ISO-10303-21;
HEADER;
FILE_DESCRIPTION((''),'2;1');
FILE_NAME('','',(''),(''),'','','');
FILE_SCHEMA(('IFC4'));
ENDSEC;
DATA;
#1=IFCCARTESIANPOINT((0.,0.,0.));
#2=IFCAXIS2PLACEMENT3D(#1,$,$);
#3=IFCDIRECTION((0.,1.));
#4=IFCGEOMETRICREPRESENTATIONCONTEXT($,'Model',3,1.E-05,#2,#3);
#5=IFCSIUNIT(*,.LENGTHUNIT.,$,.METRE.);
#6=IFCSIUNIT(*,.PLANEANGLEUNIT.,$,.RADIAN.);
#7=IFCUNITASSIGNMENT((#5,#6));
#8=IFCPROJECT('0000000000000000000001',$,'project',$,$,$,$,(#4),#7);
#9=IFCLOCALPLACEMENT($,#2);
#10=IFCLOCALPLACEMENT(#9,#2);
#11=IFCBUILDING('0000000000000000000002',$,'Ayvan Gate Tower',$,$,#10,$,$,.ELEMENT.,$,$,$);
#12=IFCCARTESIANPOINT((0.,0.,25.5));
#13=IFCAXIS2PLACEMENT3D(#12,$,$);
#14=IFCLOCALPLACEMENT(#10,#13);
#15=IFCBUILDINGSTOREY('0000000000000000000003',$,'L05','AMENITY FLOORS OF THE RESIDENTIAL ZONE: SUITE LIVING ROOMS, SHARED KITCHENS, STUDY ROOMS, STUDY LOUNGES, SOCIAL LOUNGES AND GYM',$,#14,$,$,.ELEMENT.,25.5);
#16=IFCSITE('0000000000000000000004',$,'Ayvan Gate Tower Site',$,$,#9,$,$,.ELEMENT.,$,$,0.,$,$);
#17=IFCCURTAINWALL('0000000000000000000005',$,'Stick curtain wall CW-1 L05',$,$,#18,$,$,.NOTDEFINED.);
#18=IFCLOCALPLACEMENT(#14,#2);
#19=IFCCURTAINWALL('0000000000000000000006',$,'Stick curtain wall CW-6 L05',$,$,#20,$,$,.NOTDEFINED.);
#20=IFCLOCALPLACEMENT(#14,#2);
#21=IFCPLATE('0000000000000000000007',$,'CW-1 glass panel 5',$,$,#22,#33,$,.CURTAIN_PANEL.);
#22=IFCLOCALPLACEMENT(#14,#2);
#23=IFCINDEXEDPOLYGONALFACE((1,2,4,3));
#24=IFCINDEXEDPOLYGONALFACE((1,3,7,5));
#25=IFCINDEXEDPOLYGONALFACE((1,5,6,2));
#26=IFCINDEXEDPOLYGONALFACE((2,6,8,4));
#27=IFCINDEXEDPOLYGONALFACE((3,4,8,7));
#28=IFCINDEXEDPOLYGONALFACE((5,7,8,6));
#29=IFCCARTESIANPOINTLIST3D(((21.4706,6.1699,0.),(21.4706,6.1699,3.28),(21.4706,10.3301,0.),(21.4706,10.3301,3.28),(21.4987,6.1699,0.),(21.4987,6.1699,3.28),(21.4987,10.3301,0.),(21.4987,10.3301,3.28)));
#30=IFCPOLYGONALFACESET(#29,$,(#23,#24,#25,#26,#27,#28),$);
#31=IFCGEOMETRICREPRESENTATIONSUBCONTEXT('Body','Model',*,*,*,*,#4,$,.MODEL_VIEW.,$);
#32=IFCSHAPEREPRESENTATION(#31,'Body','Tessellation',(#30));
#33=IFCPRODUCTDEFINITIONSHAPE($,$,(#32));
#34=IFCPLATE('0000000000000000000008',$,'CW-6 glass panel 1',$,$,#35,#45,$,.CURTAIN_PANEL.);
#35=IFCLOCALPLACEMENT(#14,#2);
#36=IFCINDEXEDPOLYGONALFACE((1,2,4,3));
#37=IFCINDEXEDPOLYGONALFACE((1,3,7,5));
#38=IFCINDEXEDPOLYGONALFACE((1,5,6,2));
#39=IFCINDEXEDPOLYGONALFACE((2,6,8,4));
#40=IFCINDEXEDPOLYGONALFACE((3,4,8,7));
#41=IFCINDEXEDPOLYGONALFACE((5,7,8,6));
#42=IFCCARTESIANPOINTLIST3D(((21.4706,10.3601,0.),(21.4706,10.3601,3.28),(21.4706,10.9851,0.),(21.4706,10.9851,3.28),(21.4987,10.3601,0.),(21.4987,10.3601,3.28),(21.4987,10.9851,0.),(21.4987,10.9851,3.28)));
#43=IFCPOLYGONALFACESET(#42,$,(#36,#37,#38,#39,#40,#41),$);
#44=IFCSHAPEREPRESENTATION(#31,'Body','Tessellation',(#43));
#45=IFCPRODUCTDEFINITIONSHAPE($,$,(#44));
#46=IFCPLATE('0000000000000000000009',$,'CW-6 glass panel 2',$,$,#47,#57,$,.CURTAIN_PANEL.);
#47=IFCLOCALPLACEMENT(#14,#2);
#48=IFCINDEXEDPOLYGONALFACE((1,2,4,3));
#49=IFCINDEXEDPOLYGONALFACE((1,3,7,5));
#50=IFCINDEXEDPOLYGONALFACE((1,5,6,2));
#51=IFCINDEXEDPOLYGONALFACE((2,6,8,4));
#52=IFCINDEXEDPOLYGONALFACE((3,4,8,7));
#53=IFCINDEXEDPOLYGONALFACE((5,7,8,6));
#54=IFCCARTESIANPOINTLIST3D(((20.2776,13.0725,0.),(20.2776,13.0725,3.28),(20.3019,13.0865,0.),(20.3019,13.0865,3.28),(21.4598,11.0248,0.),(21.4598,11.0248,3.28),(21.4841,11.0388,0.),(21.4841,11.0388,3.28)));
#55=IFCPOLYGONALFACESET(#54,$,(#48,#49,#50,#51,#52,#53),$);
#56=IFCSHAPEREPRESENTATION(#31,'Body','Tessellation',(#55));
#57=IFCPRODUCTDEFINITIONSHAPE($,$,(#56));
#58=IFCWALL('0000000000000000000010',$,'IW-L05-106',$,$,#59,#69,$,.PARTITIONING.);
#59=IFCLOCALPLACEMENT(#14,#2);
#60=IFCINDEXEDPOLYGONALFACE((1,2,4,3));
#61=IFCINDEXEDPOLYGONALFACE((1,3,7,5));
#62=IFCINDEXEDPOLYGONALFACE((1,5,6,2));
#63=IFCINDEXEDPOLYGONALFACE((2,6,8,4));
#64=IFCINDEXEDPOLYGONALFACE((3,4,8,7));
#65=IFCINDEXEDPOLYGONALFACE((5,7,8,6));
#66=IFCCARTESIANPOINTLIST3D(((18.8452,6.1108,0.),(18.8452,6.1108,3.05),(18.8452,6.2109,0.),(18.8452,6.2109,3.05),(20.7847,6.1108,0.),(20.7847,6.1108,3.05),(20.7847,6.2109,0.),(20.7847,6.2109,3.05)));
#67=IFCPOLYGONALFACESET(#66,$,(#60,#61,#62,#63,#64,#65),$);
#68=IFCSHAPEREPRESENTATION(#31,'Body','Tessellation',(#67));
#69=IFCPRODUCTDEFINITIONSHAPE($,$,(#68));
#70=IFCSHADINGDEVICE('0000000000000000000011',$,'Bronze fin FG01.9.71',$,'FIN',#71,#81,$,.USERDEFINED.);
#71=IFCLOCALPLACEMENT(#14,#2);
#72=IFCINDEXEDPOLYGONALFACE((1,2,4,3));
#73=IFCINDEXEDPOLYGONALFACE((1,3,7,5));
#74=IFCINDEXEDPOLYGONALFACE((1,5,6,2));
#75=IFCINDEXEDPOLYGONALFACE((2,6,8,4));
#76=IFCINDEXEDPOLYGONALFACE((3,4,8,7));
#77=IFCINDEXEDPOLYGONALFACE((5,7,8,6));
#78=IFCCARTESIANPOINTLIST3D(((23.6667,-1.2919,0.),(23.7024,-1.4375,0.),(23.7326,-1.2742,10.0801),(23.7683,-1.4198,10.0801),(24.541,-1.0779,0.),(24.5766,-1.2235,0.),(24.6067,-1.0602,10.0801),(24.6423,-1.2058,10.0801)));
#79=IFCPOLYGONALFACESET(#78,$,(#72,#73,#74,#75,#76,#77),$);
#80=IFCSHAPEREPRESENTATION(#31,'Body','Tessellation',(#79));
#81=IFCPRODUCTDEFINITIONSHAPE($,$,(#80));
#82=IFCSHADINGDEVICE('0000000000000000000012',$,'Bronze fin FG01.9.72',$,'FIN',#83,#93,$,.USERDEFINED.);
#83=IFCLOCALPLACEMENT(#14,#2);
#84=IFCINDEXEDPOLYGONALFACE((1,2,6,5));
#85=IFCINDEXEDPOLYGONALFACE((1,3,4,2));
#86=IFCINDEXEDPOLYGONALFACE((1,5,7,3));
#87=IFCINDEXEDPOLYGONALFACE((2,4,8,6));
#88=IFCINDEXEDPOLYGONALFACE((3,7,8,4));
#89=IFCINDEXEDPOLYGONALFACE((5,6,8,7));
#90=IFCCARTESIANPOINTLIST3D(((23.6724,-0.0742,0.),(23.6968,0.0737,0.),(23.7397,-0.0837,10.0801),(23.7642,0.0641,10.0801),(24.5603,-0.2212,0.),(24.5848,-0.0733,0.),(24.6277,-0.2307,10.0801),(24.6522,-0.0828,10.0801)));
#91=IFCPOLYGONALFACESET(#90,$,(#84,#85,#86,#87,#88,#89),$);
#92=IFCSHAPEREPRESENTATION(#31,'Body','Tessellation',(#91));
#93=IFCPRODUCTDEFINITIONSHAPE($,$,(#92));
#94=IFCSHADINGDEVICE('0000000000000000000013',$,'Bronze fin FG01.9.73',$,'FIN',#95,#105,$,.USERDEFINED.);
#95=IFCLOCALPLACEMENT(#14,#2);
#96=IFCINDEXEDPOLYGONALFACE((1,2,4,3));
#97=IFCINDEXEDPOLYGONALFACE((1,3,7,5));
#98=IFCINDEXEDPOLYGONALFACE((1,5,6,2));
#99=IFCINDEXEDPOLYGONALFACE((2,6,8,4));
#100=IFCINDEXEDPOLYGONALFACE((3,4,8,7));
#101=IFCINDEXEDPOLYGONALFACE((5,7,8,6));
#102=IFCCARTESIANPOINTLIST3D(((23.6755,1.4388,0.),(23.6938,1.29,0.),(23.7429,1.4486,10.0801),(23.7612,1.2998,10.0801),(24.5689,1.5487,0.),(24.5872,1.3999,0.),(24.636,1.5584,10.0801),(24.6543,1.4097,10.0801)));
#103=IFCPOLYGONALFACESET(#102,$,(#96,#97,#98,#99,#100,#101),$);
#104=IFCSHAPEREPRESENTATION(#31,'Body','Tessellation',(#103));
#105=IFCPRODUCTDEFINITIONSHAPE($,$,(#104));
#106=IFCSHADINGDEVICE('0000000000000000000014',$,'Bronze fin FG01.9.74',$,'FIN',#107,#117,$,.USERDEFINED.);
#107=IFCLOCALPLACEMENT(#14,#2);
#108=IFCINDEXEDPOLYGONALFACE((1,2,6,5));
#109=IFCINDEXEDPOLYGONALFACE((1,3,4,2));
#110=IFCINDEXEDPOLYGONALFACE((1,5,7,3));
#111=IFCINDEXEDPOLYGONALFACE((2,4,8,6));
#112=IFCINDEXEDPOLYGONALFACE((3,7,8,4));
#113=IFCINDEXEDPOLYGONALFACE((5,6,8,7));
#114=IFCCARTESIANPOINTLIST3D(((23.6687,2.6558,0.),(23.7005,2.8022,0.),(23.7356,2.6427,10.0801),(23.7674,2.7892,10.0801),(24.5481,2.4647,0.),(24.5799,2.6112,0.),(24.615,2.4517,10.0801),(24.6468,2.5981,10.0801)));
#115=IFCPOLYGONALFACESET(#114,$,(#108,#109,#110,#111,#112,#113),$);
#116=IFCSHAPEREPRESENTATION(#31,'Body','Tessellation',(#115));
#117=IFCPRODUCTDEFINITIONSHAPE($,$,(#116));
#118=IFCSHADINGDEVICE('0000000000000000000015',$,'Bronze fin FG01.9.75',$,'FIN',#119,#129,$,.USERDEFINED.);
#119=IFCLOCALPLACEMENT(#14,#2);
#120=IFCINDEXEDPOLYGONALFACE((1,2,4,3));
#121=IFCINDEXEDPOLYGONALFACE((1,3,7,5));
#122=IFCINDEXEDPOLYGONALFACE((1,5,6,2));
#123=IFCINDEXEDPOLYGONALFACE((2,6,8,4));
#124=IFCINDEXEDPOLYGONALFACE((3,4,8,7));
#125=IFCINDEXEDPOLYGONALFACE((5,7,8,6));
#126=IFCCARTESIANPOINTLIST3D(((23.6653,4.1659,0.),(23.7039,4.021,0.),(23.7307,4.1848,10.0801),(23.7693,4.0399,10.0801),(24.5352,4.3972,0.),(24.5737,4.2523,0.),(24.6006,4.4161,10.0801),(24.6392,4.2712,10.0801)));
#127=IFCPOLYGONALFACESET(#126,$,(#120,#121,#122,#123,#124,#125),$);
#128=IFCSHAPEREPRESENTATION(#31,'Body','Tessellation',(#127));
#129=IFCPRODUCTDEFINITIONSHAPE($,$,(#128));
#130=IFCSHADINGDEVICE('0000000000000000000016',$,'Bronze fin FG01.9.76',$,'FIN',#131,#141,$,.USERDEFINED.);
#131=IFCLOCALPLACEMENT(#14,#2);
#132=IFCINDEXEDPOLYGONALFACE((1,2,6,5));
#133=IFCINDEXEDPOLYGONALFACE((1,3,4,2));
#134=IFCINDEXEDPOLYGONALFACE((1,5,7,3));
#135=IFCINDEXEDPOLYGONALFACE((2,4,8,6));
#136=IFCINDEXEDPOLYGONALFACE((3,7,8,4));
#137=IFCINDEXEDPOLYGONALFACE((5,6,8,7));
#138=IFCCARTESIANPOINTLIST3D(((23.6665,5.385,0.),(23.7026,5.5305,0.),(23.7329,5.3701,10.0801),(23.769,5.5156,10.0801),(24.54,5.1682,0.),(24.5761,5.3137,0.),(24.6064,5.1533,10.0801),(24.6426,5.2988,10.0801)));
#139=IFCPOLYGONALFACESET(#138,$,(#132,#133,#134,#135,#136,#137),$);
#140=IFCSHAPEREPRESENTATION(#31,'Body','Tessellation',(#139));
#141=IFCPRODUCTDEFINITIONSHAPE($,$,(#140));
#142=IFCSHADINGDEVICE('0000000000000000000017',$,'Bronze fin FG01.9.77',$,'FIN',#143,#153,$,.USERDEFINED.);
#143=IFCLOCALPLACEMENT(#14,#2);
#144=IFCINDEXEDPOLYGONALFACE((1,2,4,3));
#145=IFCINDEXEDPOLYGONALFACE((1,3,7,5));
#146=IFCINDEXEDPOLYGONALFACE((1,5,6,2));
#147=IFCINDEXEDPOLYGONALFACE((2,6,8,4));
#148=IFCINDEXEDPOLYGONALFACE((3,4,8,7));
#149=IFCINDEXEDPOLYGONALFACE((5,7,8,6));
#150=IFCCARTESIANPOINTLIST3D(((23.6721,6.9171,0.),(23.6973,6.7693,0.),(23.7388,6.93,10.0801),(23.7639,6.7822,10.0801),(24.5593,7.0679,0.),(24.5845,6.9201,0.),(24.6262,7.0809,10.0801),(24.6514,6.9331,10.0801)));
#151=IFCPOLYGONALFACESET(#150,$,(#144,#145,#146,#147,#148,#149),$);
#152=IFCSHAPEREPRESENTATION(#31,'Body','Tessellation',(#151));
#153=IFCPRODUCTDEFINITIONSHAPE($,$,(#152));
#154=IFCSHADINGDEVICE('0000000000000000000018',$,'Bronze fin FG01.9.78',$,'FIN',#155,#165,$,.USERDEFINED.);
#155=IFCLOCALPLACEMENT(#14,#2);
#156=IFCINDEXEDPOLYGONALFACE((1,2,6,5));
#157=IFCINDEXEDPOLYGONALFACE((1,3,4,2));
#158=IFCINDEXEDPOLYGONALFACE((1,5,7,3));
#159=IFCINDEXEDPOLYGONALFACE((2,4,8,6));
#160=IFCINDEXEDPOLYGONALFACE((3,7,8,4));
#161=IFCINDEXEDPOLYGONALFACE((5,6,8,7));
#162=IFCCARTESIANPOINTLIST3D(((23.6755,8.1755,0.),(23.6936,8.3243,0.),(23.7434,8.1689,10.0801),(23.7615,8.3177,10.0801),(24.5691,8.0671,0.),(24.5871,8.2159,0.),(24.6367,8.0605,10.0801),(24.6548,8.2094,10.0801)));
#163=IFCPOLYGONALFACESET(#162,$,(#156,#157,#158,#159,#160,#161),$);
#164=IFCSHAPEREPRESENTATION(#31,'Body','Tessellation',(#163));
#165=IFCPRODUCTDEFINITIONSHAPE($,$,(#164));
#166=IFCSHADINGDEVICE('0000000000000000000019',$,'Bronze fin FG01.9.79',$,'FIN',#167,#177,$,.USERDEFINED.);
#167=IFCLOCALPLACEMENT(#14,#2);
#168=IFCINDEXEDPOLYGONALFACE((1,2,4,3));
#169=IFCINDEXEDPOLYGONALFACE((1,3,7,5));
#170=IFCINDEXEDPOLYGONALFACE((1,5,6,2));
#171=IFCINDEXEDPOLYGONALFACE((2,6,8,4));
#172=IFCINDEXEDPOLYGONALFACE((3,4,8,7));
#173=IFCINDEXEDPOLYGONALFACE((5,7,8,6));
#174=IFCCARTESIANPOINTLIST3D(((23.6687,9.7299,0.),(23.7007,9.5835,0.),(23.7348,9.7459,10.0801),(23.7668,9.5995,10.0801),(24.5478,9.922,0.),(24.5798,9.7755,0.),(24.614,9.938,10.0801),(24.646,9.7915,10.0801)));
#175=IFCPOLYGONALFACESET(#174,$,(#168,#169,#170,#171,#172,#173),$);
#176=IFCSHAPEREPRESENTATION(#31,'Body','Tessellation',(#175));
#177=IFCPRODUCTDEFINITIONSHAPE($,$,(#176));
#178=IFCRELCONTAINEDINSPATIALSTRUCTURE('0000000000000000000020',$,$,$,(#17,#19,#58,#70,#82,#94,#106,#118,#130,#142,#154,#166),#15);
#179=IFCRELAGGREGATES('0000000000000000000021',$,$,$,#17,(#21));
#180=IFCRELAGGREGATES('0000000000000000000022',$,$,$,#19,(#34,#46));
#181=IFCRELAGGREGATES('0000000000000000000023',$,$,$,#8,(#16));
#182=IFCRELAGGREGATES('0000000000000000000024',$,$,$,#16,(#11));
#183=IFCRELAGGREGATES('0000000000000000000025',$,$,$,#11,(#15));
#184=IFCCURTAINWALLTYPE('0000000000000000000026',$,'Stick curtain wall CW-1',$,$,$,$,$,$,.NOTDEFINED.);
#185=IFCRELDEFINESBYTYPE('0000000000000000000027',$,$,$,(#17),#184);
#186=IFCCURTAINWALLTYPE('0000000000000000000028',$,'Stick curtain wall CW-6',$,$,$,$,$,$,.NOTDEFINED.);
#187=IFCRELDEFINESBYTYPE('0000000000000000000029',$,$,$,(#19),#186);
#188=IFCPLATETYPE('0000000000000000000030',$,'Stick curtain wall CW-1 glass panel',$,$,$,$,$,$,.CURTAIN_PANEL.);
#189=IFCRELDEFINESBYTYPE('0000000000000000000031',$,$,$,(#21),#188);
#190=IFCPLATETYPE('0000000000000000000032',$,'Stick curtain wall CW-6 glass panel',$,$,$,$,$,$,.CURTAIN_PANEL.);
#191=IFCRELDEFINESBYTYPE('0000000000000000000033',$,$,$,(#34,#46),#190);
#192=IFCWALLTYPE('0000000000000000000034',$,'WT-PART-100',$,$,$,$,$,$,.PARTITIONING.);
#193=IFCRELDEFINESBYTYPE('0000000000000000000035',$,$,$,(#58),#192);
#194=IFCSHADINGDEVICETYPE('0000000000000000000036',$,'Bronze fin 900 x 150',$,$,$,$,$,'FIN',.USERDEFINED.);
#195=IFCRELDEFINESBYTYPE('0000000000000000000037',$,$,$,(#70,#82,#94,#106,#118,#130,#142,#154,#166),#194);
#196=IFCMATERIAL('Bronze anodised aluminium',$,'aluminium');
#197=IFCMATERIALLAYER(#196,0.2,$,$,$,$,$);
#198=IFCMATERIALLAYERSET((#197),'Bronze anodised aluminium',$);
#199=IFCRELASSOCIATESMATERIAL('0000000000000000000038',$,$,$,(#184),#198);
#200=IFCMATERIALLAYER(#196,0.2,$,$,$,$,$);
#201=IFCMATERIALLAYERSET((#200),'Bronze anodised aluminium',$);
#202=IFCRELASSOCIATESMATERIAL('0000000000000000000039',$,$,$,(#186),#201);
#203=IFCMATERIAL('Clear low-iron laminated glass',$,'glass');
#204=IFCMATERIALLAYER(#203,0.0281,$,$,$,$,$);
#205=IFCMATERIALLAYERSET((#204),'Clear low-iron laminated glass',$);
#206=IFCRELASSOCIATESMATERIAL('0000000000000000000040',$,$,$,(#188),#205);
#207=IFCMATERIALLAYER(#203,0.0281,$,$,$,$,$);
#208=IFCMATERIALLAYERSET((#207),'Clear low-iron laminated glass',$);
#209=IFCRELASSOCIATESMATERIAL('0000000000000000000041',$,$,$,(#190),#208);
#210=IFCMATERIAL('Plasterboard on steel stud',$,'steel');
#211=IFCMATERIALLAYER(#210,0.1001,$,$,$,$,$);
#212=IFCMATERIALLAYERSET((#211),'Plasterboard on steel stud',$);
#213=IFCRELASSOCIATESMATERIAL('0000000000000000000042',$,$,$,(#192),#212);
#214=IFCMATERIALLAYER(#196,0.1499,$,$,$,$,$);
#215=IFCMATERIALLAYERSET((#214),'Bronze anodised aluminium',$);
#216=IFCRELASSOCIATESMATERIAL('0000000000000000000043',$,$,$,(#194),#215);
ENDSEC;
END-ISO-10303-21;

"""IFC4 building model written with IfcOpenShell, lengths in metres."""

from ifc_helpers import new_model, si_unit, direction, frame, frame_2d, origin, origin_2d, place, context, subcontext, project, spatial, polyline, rectangle, outline, extrude, material, layer, layer_set, type_object, element, aggregate, save


model = new_model("IFC4")

# Units and contexts
model_context = context("Model", 3, precision=1e-05, world=origin(), true_north=direction((0.0, 1.0)))
body_context = subcontext(model_context, "Body", "Model", "MODEL_VIEW")
ifc_project = project(units=[si_unit("LENGTHUNIT", "METRE"), si_unit("PLANEANGLEUNIT", "RADIAN")], contexts=[model_context])

# Site, building, storey
site_placement = place(None, origin())
site = spatial("IfcSite", under=ifc_project, at=site_placement, Name="Ayvan Gate Tower Site", CompositionType="ELEMENT", RefElevation=0.0)
building_placement = place(site_placement, origin())
building = spatial("IfcBuilding", under=site, at=building_placement, Name="Ayvan Gate Tower", CompositionType="ELEMENT")
storey_placement = place(building_placement, frame((0.0, 0.0, 25.5)))
storey = spatial("IfcBuildingStorey", under=building, at=storey_placement, Name="L05", Description="AMENITY FLOORS OF THE RESIDENTIAL ZONE: SUITE LIVING ROOMS, SHARED KITCHENS, STUDY ROOMS, STUDY LOUNGES, SOCIAL LOUNGES AND GYM", CompositionType="ELEMENT", Elevation=25.5)

# Curtain walls
ifc_material_1 = material(Name="Bronze anodised aluminium", Category="aluminium")
ifc_layer_1 = layer(ifc_material_1, 0.2)
ifc_layer_set_1 = layer_set([ifc_layer_1], Name="Bronze anodised aluminium")
curtain_wall_type_1 = type_object("IfcCurtainWallType", Name="Stick curtain wall CW-1", PredefinedType="NOTDEFINED", material=ifc_layer_set_1)
curtain_wall_1_placement = place(storey_placement, origin())
curtain_wall_1 = element("IfcCurtainWall", 1, at=curtain_wall_1_placement, inside=storey, type_object=curtain_wall_type_1, Name="Stick curtain wall CW-1 L05", PredefinedType="NOTDEFINED")
ifc_layer_2 = layer(ifc_material_1, 0.2)
ifc_layer_set_2 = layer_set([ifc_layer_2], Name="Bronze anodised aluminium")
curtain_wall_type_2 = type_object("IfcCurtainWallType", Name="Stick curtain wall CW-6", PredefinedType="NOTDEFINED", material=ifc_layer_set_2)
curtain_wall_2_placement = place(storey_placement, origin())
curtain_wall_2 = element("IfcCurtainWall", 2, at=curtain_wall_2_placement, inside=storey, type_object=curtain_wall_type_2, Name="Stick curtain wall CW-6 L05", PredefinedType="NOTDEFINED")

# Plates
ifc_material_2 = material(Name="Clear low-iron laminated glass", Category="glass")
ifc_layer_3 = layer(ifc_material_2, 0.0281)
ifc_layer_set_3 = layer_set([ifc_layer_3], Name="Clear low-iron laminated glass")
plate_type_1 = type_object("IfcPlateType", Name="Stick curtain wall CW-1 glass panel", PredefinedType="CURTAIN_PANEL", material=ifc_layer_set_3)
plate_1_placement = place(storey_placement, frame((21.4846, 8.25, 0.0), z_axis=(0.0, 0.0, 1.0), x_axis=(0.0, 1.0, 0.0)))
plate_1 = element("IfcPlate", 3, at=plate_1_placement, type_object=plate_type_1, Name="CW-1 glass panel 5", PredefinedType="CURTAIN_PANEL", context=body_context, shape_type="SweptSolid", body=[
    extrude(rectangle(XDim=4.1602, YDim=0.0281, at=origin_2d()), origin(), (0.0, 0.0, 1.0), 3.28),
])
aggregate(curtain_wall_1, [plate_1])
ifc_layer_4 = layer(ifc_material_2, 0.0281)
ifc_layer_set_4 = layer_set([ifc_layer_4], Name="Clear low-iron laminated glass")
plate_type_2 = type_object("IfcPlateType", Name="Stick curtain wall CW-6 glass panel", PredefinedType="CURTAIN_PANEL", material=ifc_layer_set_4)
plate_2_placement = place(storey_placement, frame((21.4846, 10.6726, 0.0), z_axis=(0.0, 0.0, 1.0), x_axis=(0.0, 1.0, 0.0)))
plate_2 = element("IfcPlate", 4, at=plate_2_placement, type_object=plate_type_2, Name="CW-6 glass panel 1", PredefinedType="CURTAIN_PANEL", context=body_context, shape_type="SweptSolid", body=[
    extrude(rectangle(XDim=0.625, YDim=0.0281, at=origin_2d()), origin(), (0.0, 0.0, 1.0), 3.28),
])
plate_3_placement = place(storey_placement, frame((20.8809, 12.0557, 0.0), z_axis=(0.0, 0.0, 1.0), x_axis=(-0.5, 0.866025, 0.0)))
plate_3 = element("IfcPlate", 5, at=plate_3_placement, type_object=plate_type_2, Name="CW-6 glass panel 2", PredefinedType="CURTAIN_PANEL", context=body_context, shape_type="SweptSolid", body=[
    extrude(rectangle(XDim=2.3645, YDim=0.0281, at=origin_2d()), origin(), (0.0, 0.0, 1.0), 3.28),
])
aggregate(curtain_wall_2, [plate_2, plate_3])

# Wall
ifc_material_3 = material(Name="Plasterboard on steel stud", Category="steel")
ifc_layer_5 = layer(ifc_material_3, 0.1001)
ifc_layer_set_5 = layer_set([ifc_layer_5], Name="Plasterboard on steel stud")
wall_type = type_object("IfcWallType", Name="WT-PART-100", PredefinedType="PARTITIONING", material=ifc_layer_set_5)
wall_placement = place(storey_placement, frame((18.8452, 6.1609, 0.0), z_axis=(0.0, 0.0, 1.0), x_axis=(1.0, 0.0, 0.0)))
element("IfcWall", 6, at=wall_placement, inside=storey, type_object=wall_type, Name="IW-L05-106", PredefinedType="PARTITIONING", context=body_context, shape_type="SweptSolid", body=[
    extrude(rectangle(XDim=1.9395, YDim=0.1001, at=frame_2d((0.9697, 0.0))), origin(), (0.0, 0.0, 1.0), 3.05),
])

# Shading devices
ifc_layer_6 = layer(ifc_material_1, 0.1499)
ifc_layer_set_6 = layer_set([ifc_layer_6], Name="Bronze anodised aluminium")
shading_device_type = type_object("IfcShadingDeviceType", Name="Bronze fin 900 x 150", ElementType="FIN", PredefinedType="USERDEFINED", material=ifc_layer_set_6)
shading_device_1_placement = place(storey_placement, frame((23.7024, -1.4375, 0.0), z_axis=(0.237777, -0.97132, 0.000154), x_axis=(0.97132, 0.237777, 0.0)))
element("IfcShadingDevice", 7, at=shading_device_1_placement, inside=storey, type_object=shading_device_type, Name="Bronze fin FG01.9.71", ObjectType="FIN", PredefinedType="USERDEFINED", context=body_context, shape_type="SweptSolid", body=[
    extrude(outline(polyline([(0.0, 0.0), (0.9, 0.0), (0.9681, 10.0801), (0.0682, 10.0801), (0.0, 0.0)])), origin(), (0.0, 0.0, -1.0), 0.1499),
])
shading_device_2_placement = place(storey_placement, frame((23.6724, -0.0742, 0.0), z_axis=(-0.163299, -0.986577, 0.00016), x_axis=(0.986577, -0.163299, 0.0)))
element("IfcShadingDevice", 8, at=shading_device_2_placement, inside=storey, type_object=shading_device_type, Name="Bronze fin FG01.9.72", ObjectType="FIN", PredefinedType="USERDEFINED", context=body_context, shape_type="SweptSolid", body=[
    extrude(outline(polyline([(0.0, 0.0), (0.9, 0.0), (0.9681, 10.0801), (0.068, 10.0801), (0.0, 0.0)])), origin(), (0.0, 0.0, -1.0), 0.1499),
])
shading_device_3_placement = place(storey_placement, frame((23.6938, 1.29, 0.0), z_axis=(0.122081, -0.99252, 0.000147), x_axis=(0.99252, 0.122081, 0.0)))
element("IfcShadingDevice", 9, at=shading_device_3_placement, inside=storey, type_object=shading_device_type, Name="Bronze fin FG01.9.73", ObjectType="FIN", PredefinedType="USERDEFINED", context=body_context, shape_type="SweptSolid", body=[
    extrude(outline(polyline([(0.0, 0.0), (0.9, 0.0), (0.9679, 10.0801), (0.0681, 10.0801), (0.0, 0.0)])), origin(), (0.0, 0.0, -1.0), 0.1499),
])
shading_device_4_placement = place(storey_placement, frame((23.6687, 2.6558, 0.0), z_axis=(-0.212289, -0.977207, 0.000143), x_axis=(0.977207, -0.212289, 0.0)))
element("IfcShadingDevice", 10, at=shading_device_4_placement, inside=storey, type_object=shading_device_type, Name="Bronze fin FG01.9.74", ObjectType="FIN", PredefinedType="USERDEFINED", context=body_context, shape_type="SweptSolid", body=[
    extrude(outline(polyline([(0.0, 0.0), (0.8999, 0.0), (0.968, 10.0801), (0.0681, 10.0801), (0.0, 0.0)])), origin(), (0.0, 0.0, -1.0), 0.1499),
])
shading_device_5_placement = place(storey_placement, frame((23.7039, 4.021, 0.0), z_axis=(0.256996, -0.966413, 0.000146), x_axis=(0.966413, 0.256996, 0.0)))
element("IfcShadingDevice", 11, at=shading_device_5_placement, inside=storey, type_object=shading_device_type, Name="Bronze fin FG01.9.75", ObjectType="FIN", PredefinedType="USERDEFINED", context=body_context, shape_type="SweptSolid", body=[
    extrude(outline(polyline([(0.0, 0.0), (0.9001, 0.0), (0.9682, 10.0801), (0.0681, 10.0801), (0.0, 0.0)])), origin(), (0.0, 0.0, -1.0), 0.1499),
])
shading_device_6_placement = place(storey_placement, frame((23.6665, 5.385, 0.0), z_axis=(-0.240876, -0.970556, 0.000153), x_axis=(0.970556, -0.240876, 0.0)))
element("IfcShadingDevice", 12, at=shading_device_6_placement, inside=storey, type_object=shading_device_type, Name="Bronze fin FG01.9.76", ObjectType="FIN", PredefinedType="USERDEFINED", context=body_context, shape_type="SweptSolid", body=[
    extrude(outline(polyline([(0.0, 0.0), (0.9, 0.0), (0.9681, 10.0801), (0.068, 10.0801), (0.0, 0.0)])), origin(), (0.0, 0.0, -1.0), 0.1499),
])
shading_device_7_placement = place(storey_placement, frame((23.6973, 6.7693, 0.0), z_axis=(0.167631, -0.98585, 0.000155), x_axis=(0.98585, 0.167631, 0.0)))
element("IfcShadingDevice", 13, at=shading_device_7_placement, inside=storey, type_object=shading_device_type, Name="Bronze fin FG01.9.77", ObjectType="FIN", PredefinedType="USERDEFINED", context=body_context, shape_type="SweptSolid", body=[
    extrude(outline(polyline([(0.0, 0.0), (0.8999, 0.0), (0.9681, 10.0801), (0.0679, 10.0801), (0.0, 0.0)])), origin(), (0.0, 0.0, -1.0), 0.1499),
])
shading_device_8_placement = place(storey_placement, frame((23.6755, 8.1755, 0.0), z_axis=(-0.120445, -0.99272, 0.00016), x_axis=(0.99272, -0.120445, 0.0)))
element("IfcShadingDevice", 14, at=shading_device_8_placement, inside=storey, type_object=shading_device_type, Name="Bronze fin FG01.9.78", ObjectType="FIN", PredefinedType="USERDEFINED", context=body_context, shape_type="SweptSolid", body=[
    extrude(outline(polyline([(0.0, 0.0), (0.9001, 0.0), (0.968, 10.0801), (0.0682, 10.0801), (0.0, 0.0)])), origin(), (0.0, 0.0, -1.0), 0.1499),
])
shading_device_9_placement = place(storey_placement, frame((23.7007, 9.5835, 0.0), z_axis=(0.213381, -0.976969, 0.000149), x_axis=(0.976969, 0.213381, 0.0)))
element("IfcShadingDevice", 15, at=shading_device_9_placement, inside=storey, type_object=shading_device_type, Name="Bronze fin FG01.9.79", ObjectType="FIN", PredefinedType="USERDEFINED", context=body_context, shape_type="SweptSolid", body=[
    extrude(outline(polyline([(0.0, 0.0), (0.8998, 0.0), (0.9679, 10.0801), (0.068, 10.0801), (0.0, 0.0)])), origin(), (0.0, 0.0, -1.0), 0.1499),
])

save(model, "model.ifc")
